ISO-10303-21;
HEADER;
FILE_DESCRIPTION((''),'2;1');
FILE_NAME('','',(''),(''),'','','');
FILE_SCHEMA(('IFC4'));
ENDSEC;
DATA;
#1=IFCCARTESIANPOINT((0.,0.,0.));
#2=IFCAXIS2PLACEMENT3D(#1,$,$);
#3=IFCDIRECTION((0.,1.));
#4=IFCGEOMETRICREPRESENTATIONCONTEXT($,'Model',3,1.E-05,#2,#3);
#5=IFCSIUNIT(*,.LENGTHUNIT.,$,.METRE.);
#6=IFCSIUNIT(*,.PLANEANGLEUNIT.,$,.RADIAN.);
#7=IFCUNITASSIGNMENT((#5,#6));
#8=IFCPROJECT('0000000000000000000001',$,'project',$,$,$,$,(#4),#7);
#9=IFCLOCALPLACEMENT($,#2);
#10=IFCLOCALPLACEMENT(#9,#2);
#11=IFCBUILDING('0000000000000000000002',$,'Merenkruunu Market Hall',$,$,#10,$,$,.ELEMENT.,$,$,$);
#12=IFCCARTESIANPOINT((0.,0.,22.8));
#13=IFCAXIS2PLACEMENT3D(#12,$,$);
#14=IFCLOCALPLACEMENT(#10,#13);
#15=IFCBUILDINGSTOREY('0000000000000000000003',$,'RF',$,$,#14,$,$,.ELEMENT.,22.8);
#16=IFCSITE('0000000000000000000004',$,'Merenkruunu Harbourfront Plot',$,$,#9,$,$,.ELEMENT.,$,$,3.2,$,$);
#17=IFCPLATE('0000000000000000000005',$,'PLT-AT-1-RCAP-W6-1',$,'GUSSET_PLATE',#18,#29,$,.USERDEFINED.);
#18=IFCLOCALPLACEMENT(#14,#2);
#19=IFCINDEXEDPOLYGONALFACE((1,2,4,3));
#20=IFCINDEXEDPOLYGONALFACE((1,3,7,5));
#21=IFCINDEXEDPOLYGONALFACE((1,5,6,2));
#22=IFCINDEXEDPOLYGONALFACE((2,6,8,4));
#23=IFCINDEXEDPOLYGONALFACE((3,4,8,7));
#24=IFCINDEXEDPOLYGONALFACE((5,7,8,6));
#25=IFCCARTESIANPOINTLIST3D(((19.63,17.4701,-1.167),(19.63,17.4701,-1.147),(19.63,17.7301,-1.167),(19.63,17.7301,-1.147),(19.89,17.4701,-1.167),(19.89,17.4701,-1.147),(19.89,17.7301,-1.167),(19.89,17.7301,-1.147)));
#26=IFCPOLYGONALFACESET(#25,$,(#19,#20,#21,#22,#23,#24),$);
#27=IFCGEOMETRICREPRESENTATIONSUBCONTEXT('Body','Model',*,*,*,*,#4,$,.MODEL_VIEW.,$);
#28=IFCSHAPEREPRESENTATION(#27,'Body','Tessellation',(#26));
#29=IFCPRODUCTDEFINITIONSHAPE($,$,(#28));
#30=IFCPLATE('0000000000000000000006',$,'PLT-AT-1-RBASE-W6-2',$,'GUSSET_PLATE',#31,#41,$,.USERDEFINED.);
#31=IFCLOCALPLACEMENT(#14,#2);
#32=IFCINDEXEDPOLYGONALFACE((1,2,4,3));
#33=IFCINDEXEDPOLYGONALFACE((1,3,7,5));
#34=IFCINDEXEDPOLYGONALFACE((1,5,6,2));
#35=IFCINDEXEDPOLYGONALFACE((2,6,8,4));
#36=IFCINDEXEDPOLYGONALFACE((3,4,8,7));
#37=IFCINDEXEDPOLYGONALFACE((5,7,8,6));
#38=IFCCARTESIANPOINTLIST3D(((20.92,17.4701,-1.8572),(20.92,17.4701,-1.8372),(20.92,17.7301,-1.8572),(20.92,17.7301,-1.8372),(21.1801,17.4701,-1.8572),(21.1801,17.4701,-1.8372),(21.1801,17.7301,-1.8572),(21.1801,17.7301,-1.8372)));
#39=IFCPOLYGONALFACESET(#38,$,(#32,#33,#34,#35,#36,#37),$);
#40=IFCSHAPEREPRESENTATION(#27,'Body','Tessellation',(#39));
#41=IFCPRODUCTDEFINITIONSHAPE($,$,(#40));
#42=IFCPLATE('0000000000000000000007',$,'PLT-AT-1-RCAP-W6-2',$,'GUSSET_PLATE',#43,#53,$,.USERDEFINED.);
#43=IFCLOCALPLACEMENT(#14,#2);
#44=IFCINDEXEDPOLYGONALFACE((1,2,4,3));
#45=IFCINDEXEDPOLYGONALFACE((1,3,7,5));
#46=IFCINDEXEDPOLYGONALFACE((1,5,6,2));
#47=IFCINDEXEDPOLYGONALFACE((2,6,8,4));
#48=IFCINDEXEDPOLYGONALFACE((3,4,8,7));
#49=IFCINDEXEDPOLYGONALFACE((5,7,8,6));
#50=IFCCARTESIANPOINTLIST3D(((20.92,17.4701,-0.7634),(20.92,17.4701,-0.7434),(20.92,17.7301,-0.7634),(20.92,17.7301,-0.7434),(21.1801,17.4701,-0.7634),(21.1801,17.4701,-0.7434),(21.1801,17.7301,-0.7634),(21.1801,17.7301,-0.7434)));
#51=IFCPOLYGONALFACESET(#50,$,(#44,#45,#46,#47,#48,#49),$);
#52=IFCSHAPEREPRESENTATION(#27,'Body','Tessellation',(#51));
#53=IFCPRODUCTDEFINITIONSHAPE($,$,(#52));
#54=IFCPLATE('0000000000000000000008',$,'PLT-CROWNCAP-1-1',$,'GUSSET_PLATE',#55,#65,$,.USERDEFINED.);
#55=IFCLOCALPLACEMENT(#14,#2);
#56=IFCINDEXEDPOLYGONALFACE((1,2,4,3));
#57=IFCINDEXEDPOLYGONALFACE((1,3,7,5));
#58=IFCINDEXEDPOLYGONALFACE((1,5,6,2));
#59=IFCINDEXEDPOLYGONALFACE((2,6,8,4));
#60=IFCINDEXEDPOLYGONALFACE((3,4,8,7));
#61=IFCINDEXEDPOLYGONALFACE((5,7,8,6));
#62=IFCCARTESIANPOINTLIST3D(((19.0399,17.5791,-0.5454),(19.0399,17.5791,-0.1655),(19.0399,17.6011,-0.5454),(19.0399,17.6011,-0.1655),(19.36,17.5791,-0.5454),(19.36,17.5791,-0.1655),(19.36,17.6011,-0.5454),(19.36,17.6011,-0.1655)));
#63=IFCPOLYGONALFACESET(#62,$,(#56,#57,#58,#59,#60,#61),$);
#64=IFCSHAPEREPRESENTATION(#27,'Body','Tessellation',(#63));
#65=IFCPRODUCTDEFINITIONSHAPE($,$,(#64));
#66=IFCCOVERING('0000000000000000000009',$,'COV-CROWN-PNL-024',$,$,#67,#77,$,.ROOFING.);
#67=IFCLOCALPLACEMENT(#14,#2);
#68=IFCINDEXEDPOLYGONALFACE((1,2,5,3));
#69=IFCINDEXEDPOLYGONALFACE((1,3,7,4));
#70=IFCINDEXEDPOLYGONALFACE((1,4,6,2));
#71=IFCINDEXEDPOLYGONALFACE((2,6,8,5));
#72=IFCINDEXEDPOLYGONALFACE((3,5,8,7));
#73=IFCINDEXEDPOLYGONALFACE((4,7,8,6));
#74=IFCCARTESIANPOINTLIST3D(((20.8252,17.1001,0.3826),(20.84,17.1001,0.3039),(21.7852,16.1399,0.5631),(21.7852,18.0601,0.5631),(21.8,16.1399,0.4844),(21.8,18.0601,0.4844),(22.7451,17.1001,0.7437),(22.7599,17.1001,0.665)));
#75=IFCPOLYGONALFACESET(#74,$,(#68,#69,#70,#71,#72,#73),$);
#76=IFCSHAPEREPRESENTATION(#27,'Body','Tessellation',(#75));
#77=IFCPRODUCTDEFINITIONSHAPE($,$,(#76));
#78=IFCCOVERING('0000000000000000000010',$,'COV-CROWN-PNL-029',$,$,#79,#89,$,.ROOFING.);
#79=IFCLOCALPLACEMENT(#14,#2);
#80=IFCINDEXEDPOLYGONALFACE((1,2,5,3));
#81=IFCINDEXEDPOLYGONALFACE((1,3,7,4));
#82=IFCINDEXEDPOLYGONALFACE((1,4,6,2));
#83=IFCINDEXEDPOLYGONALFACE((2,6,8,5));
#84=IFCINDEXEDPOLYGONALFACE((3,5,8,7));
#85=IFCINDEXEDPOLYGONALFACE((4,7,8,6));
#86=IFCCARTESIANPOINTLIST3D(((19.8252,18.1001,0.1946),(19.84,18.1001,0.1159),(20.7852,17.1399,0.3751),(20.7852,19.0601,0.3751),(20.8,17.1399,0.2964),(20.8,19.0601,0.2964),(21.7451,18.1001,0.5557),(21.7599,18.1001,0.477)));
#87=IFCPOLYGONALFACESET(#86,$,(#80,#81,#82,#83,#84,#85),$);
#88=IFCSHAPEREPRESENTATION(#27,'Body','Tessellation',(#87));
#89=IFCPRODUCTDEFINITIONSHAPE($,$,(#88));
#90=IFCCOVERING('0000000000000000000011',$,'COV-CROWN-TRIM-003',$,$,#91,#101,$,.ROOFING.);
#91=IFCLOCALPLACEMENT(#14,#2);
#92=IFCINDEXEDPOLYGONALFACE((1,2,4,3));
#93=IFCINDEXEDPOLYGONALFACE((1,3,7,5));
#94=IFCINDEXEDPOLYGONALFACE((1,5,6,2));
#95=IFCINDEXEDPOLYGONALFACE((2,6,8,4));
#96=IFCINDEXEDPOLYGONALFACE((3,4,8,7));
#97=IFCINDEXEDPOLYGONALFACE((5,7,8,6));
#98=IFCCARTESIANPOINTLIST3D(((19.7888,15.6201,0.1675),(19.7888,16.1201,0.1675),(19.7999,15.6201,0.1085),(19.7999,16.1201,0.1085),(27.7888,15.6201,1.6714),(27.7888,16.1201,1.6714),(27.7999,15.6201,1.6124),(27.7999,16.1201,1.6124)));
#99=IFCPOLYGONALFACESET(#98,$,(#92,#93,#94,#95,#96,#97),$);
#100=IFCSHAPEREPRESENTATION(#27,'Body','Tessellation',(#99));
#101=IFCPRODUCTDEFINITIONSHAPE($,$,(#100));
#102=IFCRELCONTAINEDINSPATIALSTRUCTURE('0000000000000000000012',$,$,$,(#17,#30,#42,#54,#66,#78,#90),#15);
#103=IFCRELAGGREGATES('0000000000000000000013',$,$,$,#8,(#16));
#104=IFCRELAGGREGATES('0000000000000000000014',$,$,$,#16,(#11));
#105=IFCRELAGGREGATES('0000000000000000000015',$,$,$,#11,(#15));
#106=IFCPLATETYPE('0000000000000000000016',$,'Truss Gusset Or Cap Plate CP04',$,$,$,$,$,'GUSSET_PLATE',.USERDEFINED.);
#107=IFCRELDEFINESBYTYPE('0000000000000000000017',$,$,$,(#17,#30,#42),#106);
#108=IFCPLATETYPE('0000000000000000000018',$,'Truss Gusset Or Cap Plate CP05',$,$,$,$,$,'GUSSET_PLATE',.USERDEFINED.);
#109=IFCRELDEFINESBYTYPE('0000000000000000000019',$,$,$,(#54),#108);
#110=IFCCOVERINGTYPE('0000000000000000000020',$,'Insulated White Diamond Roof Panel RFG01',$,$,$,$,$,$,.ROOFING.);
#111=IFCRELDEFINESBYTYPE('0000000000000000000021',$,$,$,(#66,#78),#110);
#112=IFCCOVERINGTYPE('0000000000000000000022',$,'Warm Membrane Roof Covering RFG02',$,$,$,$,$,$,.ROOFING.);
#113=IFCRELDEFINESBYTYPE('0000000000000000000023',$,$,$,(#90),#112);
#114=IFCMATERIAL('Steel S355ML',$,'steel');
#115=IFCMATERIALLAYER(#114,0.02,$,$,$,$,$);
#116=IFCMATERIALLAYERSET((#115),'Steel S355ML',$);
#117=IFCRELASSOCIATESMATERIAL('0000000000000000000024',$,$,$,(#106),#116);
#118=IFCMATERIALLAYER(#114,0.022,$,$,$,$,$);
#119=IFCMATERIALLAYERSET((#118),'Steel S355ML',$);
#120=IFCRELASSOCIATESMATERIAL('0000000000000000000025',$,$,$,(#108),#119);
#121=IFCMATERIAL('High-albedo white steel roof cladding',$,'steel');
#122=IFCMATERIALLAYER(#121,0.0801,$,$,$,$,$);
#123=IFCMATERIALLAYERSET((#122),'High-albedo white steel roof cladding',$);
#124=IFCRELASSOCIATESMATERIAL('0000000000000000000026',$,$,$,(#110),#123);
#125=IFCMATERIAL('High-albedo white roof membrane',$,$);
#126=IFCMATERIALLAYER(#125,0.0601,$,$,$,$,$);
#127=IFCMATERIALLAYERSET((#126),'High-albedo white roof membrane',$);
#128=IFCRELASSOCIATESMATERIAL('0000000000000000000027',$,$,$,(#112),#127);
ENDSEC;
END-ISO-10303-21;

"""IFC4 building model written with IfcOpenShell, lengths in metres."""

from ifc_helpers import new_model, si_unit, direction, frame, origin, origin_2d, place, context, subcontext, project, spatial, polyline, rectangle, outline, extrude, material, layer, layer_set, type_object, element, save


model = new_model("IFC4")

# Units and contexts
model_context = context("Model", 3, precision=1e-05, world=origin(), true_north=direction((0.0, 1.0)))
body_context = subcontext(model_context, "Body", "Model", "MODEL_VIEW")
ifc_project = project(units=[si_unit("LENGTHUNIT", "METRE"), si_unit("PLANEANGLEUNIT", "RADIAN")], contexts=[model_context])

# Site, building, storey
site_placement = place(None, origin())
site = spatial("IfcSite", under=ifc_project, at=site_placement, Name="Merenkruunu Harbourfront Plot", CompositionType="ELEMENT", RefElevation=3.2)
building_placement = place(site_placement, origin())
building = spatial("IfcBuilding", under=site, at=building_placement, Name="Merenkruunu Market Hall", CompositionType="ELEMENT")
storey_placement = place(building_placement, frame((0.0, 0.0, 22.8)))
storey = spatial("IfcBuildingStorey", under=building, at=storey_placement, Name="RF", CompositionType="ELEMENT", Elevation=22.8)

# Shared definitions
ifc_material_1 = material(Name="Steel S355ML", Category="steel")

# Plates
ifc_layer_1 = layer(ifc_material_1, 0.02)
ifc_layer_set_1 = layer_set([ifc_layer_1], Name="Steel S355ML")
plate_type_1 = type_object("IfcPlateType", Name="Truss Gusset Or Cap Plate CP04", ElementType="GUSSET_PLATE", PredefinedType="USERDEFINED", material=ifc_layer_set_1)
for number, where, z_axis, x_axis, name in (
    (1, (19.76, 17.6001, -1.167), (0.0, 0.0, 1.0), (1.0, 0.0, 0.0), "PLT-AT-1-RCAP-W6-1"),
    (2, (21.05, 17.6001, -1.8572), (0.0, 0.0, 1.0), (1.0, 0.0, 0.0), "PLT-AT-1-RBASE-W6-2"),
    (3, (21.05, 17.6001, -0.7634), (0.0, 0.0, 1.0), (1.0, 0.0, 0.0), "PLT-AT-1-RCAP-W6-2"),
):
    element("IfcPlate", number, at=place(storey_placement, frame(where, z_axis=z_axis, x_axis=x_axis)), inside=storey, type_object=plate_type_1, Name=name, ObjectType="GUSSET_PLATE", PredefinedType="USERDEFINED", context=body_context, shape_type="SweptSolid", body=[
        extrude(rectangle(XDim=0.26, YDim=0.26, at=origin_2d()), origin(), (0.0, 0.0, 1.0), 0.02),
    ])
ifc_layer_2 = layer(ifc_material_1, 0.022)
ifc_layer_set_2 = layer_set([ifc_layer_2], Name="Steel S355ML")
plate_type_2 = type_object("IfcPlateType", Name="Truss Gusset Or Cap Plate CP05", ElementType="GUSSET_PLATE", PredefinedType="USERDEFINED", material=ifc_layer_set_2)
plate_placement = place(storey_placement, frame((19.2, 17.5901, -0.5454), z_axis=(0.0, 0.0, 1.0), x_axis=(1.0, 0.0, 0.0)))
element("IfcPlate", 4, at=plate_placement, inside=storey, type_object=plate_type_2, Name="PLT-CROWNCAP-1-1", ObjectType="GUSSET_PLATE", PredefinedType="USERDEFINED", context=body_context, shape_type="SweptSolid", body=[
    extrude(rectangle(XDim=0.3201, YDim=0.022, at=origin_2d()), origin(), (0.0, 0.0, 1.0), 0.3799),
])

# Coverings
ifc_material_2 = material(Name="High-albedo white steel roof cladding", Category="steel")
ifc_layer_3 = layer(ifc_material_2, 0.0801)
ifc_layer_set_3 = layer_set([ifc_layer_3], Name="High-albedo white steel roof cladding")
covering_type_1 = type_object("IfcCoveringType", Name="Insulated White Diamond Roof Panel RFG01", PredefinedType="ROOFING", material=ifc_layer_set_3)
for number, where, z_axis, x_axis, name in (
    (5, (20.8252, 17.1001, 0.3826), (-0.184832, 0.0, 0.98277), (0.700856, -0.701018, 0.131812), "COV-CROWN-PNL-024"),
    (6, (19.8252, 18.1001, 0.1946), (-0.184832, 0.0, 0.98277), (0.700856, -0.701018, 0.131812), "COV-CROWN-PNL-029"),
):
    element("IfcCovering", number, at=place(storey_placement, frame(where, z_axis=z_axis, x_axis=x_axis)), inside=storey, type_object=covering_type_1, Name=name, PredefinedType="ROOFING", context=body_context, shape_type="SweptSolid", body=[
        extrude(outline(polyline([(0.0, 0.0), (1.3697, 0.0), (1.3932, 1.3695), (0.0237, 1.3694), (0.0, 0.0)])), origin(), (0.0, 0.0, -1.0), 0.0801),
    ])
ifc_material_3 = material(Name="High-albedo white roof membrane")
ifc_layer_4 = layer(ifc_material_3, 0.0601)
ifc_layer_set_4 = layer_set([ifc_layer_4], Name="High-albedo white roof membrane")
covering_type_2 = type_object("IfcCoveringType", Name="Warm Membrane Roof Covering RFG02", PredefinedType="ROOFING", material=ifc_layer_set_4)
covering_placement = place(storey_placement, frame((19.7888, 15.6201, 0.1675), z_axis=(-0.184752, 0.0, 0.982785), x_axis=(0.982785, 0.0, 0.184752)))
element("IfcCovering", 7, at=covering_placement, inside=storey, type_object=covering_type_2, Name="COV-CROWN-TRIM-003", PredefinedType="ROOFING", context=body_context, shape_type="SweptSolid", body=[
    extrude(outline(polyline([(0.0, 0.0), (8.1401, 0.0), (8.1401, 0.5), (0.0, 0.5), (0.0, 0.0)])), origin(), (0.0, 0.0, -1.0), 0.0601),
])

save(model, "model.ifc")
